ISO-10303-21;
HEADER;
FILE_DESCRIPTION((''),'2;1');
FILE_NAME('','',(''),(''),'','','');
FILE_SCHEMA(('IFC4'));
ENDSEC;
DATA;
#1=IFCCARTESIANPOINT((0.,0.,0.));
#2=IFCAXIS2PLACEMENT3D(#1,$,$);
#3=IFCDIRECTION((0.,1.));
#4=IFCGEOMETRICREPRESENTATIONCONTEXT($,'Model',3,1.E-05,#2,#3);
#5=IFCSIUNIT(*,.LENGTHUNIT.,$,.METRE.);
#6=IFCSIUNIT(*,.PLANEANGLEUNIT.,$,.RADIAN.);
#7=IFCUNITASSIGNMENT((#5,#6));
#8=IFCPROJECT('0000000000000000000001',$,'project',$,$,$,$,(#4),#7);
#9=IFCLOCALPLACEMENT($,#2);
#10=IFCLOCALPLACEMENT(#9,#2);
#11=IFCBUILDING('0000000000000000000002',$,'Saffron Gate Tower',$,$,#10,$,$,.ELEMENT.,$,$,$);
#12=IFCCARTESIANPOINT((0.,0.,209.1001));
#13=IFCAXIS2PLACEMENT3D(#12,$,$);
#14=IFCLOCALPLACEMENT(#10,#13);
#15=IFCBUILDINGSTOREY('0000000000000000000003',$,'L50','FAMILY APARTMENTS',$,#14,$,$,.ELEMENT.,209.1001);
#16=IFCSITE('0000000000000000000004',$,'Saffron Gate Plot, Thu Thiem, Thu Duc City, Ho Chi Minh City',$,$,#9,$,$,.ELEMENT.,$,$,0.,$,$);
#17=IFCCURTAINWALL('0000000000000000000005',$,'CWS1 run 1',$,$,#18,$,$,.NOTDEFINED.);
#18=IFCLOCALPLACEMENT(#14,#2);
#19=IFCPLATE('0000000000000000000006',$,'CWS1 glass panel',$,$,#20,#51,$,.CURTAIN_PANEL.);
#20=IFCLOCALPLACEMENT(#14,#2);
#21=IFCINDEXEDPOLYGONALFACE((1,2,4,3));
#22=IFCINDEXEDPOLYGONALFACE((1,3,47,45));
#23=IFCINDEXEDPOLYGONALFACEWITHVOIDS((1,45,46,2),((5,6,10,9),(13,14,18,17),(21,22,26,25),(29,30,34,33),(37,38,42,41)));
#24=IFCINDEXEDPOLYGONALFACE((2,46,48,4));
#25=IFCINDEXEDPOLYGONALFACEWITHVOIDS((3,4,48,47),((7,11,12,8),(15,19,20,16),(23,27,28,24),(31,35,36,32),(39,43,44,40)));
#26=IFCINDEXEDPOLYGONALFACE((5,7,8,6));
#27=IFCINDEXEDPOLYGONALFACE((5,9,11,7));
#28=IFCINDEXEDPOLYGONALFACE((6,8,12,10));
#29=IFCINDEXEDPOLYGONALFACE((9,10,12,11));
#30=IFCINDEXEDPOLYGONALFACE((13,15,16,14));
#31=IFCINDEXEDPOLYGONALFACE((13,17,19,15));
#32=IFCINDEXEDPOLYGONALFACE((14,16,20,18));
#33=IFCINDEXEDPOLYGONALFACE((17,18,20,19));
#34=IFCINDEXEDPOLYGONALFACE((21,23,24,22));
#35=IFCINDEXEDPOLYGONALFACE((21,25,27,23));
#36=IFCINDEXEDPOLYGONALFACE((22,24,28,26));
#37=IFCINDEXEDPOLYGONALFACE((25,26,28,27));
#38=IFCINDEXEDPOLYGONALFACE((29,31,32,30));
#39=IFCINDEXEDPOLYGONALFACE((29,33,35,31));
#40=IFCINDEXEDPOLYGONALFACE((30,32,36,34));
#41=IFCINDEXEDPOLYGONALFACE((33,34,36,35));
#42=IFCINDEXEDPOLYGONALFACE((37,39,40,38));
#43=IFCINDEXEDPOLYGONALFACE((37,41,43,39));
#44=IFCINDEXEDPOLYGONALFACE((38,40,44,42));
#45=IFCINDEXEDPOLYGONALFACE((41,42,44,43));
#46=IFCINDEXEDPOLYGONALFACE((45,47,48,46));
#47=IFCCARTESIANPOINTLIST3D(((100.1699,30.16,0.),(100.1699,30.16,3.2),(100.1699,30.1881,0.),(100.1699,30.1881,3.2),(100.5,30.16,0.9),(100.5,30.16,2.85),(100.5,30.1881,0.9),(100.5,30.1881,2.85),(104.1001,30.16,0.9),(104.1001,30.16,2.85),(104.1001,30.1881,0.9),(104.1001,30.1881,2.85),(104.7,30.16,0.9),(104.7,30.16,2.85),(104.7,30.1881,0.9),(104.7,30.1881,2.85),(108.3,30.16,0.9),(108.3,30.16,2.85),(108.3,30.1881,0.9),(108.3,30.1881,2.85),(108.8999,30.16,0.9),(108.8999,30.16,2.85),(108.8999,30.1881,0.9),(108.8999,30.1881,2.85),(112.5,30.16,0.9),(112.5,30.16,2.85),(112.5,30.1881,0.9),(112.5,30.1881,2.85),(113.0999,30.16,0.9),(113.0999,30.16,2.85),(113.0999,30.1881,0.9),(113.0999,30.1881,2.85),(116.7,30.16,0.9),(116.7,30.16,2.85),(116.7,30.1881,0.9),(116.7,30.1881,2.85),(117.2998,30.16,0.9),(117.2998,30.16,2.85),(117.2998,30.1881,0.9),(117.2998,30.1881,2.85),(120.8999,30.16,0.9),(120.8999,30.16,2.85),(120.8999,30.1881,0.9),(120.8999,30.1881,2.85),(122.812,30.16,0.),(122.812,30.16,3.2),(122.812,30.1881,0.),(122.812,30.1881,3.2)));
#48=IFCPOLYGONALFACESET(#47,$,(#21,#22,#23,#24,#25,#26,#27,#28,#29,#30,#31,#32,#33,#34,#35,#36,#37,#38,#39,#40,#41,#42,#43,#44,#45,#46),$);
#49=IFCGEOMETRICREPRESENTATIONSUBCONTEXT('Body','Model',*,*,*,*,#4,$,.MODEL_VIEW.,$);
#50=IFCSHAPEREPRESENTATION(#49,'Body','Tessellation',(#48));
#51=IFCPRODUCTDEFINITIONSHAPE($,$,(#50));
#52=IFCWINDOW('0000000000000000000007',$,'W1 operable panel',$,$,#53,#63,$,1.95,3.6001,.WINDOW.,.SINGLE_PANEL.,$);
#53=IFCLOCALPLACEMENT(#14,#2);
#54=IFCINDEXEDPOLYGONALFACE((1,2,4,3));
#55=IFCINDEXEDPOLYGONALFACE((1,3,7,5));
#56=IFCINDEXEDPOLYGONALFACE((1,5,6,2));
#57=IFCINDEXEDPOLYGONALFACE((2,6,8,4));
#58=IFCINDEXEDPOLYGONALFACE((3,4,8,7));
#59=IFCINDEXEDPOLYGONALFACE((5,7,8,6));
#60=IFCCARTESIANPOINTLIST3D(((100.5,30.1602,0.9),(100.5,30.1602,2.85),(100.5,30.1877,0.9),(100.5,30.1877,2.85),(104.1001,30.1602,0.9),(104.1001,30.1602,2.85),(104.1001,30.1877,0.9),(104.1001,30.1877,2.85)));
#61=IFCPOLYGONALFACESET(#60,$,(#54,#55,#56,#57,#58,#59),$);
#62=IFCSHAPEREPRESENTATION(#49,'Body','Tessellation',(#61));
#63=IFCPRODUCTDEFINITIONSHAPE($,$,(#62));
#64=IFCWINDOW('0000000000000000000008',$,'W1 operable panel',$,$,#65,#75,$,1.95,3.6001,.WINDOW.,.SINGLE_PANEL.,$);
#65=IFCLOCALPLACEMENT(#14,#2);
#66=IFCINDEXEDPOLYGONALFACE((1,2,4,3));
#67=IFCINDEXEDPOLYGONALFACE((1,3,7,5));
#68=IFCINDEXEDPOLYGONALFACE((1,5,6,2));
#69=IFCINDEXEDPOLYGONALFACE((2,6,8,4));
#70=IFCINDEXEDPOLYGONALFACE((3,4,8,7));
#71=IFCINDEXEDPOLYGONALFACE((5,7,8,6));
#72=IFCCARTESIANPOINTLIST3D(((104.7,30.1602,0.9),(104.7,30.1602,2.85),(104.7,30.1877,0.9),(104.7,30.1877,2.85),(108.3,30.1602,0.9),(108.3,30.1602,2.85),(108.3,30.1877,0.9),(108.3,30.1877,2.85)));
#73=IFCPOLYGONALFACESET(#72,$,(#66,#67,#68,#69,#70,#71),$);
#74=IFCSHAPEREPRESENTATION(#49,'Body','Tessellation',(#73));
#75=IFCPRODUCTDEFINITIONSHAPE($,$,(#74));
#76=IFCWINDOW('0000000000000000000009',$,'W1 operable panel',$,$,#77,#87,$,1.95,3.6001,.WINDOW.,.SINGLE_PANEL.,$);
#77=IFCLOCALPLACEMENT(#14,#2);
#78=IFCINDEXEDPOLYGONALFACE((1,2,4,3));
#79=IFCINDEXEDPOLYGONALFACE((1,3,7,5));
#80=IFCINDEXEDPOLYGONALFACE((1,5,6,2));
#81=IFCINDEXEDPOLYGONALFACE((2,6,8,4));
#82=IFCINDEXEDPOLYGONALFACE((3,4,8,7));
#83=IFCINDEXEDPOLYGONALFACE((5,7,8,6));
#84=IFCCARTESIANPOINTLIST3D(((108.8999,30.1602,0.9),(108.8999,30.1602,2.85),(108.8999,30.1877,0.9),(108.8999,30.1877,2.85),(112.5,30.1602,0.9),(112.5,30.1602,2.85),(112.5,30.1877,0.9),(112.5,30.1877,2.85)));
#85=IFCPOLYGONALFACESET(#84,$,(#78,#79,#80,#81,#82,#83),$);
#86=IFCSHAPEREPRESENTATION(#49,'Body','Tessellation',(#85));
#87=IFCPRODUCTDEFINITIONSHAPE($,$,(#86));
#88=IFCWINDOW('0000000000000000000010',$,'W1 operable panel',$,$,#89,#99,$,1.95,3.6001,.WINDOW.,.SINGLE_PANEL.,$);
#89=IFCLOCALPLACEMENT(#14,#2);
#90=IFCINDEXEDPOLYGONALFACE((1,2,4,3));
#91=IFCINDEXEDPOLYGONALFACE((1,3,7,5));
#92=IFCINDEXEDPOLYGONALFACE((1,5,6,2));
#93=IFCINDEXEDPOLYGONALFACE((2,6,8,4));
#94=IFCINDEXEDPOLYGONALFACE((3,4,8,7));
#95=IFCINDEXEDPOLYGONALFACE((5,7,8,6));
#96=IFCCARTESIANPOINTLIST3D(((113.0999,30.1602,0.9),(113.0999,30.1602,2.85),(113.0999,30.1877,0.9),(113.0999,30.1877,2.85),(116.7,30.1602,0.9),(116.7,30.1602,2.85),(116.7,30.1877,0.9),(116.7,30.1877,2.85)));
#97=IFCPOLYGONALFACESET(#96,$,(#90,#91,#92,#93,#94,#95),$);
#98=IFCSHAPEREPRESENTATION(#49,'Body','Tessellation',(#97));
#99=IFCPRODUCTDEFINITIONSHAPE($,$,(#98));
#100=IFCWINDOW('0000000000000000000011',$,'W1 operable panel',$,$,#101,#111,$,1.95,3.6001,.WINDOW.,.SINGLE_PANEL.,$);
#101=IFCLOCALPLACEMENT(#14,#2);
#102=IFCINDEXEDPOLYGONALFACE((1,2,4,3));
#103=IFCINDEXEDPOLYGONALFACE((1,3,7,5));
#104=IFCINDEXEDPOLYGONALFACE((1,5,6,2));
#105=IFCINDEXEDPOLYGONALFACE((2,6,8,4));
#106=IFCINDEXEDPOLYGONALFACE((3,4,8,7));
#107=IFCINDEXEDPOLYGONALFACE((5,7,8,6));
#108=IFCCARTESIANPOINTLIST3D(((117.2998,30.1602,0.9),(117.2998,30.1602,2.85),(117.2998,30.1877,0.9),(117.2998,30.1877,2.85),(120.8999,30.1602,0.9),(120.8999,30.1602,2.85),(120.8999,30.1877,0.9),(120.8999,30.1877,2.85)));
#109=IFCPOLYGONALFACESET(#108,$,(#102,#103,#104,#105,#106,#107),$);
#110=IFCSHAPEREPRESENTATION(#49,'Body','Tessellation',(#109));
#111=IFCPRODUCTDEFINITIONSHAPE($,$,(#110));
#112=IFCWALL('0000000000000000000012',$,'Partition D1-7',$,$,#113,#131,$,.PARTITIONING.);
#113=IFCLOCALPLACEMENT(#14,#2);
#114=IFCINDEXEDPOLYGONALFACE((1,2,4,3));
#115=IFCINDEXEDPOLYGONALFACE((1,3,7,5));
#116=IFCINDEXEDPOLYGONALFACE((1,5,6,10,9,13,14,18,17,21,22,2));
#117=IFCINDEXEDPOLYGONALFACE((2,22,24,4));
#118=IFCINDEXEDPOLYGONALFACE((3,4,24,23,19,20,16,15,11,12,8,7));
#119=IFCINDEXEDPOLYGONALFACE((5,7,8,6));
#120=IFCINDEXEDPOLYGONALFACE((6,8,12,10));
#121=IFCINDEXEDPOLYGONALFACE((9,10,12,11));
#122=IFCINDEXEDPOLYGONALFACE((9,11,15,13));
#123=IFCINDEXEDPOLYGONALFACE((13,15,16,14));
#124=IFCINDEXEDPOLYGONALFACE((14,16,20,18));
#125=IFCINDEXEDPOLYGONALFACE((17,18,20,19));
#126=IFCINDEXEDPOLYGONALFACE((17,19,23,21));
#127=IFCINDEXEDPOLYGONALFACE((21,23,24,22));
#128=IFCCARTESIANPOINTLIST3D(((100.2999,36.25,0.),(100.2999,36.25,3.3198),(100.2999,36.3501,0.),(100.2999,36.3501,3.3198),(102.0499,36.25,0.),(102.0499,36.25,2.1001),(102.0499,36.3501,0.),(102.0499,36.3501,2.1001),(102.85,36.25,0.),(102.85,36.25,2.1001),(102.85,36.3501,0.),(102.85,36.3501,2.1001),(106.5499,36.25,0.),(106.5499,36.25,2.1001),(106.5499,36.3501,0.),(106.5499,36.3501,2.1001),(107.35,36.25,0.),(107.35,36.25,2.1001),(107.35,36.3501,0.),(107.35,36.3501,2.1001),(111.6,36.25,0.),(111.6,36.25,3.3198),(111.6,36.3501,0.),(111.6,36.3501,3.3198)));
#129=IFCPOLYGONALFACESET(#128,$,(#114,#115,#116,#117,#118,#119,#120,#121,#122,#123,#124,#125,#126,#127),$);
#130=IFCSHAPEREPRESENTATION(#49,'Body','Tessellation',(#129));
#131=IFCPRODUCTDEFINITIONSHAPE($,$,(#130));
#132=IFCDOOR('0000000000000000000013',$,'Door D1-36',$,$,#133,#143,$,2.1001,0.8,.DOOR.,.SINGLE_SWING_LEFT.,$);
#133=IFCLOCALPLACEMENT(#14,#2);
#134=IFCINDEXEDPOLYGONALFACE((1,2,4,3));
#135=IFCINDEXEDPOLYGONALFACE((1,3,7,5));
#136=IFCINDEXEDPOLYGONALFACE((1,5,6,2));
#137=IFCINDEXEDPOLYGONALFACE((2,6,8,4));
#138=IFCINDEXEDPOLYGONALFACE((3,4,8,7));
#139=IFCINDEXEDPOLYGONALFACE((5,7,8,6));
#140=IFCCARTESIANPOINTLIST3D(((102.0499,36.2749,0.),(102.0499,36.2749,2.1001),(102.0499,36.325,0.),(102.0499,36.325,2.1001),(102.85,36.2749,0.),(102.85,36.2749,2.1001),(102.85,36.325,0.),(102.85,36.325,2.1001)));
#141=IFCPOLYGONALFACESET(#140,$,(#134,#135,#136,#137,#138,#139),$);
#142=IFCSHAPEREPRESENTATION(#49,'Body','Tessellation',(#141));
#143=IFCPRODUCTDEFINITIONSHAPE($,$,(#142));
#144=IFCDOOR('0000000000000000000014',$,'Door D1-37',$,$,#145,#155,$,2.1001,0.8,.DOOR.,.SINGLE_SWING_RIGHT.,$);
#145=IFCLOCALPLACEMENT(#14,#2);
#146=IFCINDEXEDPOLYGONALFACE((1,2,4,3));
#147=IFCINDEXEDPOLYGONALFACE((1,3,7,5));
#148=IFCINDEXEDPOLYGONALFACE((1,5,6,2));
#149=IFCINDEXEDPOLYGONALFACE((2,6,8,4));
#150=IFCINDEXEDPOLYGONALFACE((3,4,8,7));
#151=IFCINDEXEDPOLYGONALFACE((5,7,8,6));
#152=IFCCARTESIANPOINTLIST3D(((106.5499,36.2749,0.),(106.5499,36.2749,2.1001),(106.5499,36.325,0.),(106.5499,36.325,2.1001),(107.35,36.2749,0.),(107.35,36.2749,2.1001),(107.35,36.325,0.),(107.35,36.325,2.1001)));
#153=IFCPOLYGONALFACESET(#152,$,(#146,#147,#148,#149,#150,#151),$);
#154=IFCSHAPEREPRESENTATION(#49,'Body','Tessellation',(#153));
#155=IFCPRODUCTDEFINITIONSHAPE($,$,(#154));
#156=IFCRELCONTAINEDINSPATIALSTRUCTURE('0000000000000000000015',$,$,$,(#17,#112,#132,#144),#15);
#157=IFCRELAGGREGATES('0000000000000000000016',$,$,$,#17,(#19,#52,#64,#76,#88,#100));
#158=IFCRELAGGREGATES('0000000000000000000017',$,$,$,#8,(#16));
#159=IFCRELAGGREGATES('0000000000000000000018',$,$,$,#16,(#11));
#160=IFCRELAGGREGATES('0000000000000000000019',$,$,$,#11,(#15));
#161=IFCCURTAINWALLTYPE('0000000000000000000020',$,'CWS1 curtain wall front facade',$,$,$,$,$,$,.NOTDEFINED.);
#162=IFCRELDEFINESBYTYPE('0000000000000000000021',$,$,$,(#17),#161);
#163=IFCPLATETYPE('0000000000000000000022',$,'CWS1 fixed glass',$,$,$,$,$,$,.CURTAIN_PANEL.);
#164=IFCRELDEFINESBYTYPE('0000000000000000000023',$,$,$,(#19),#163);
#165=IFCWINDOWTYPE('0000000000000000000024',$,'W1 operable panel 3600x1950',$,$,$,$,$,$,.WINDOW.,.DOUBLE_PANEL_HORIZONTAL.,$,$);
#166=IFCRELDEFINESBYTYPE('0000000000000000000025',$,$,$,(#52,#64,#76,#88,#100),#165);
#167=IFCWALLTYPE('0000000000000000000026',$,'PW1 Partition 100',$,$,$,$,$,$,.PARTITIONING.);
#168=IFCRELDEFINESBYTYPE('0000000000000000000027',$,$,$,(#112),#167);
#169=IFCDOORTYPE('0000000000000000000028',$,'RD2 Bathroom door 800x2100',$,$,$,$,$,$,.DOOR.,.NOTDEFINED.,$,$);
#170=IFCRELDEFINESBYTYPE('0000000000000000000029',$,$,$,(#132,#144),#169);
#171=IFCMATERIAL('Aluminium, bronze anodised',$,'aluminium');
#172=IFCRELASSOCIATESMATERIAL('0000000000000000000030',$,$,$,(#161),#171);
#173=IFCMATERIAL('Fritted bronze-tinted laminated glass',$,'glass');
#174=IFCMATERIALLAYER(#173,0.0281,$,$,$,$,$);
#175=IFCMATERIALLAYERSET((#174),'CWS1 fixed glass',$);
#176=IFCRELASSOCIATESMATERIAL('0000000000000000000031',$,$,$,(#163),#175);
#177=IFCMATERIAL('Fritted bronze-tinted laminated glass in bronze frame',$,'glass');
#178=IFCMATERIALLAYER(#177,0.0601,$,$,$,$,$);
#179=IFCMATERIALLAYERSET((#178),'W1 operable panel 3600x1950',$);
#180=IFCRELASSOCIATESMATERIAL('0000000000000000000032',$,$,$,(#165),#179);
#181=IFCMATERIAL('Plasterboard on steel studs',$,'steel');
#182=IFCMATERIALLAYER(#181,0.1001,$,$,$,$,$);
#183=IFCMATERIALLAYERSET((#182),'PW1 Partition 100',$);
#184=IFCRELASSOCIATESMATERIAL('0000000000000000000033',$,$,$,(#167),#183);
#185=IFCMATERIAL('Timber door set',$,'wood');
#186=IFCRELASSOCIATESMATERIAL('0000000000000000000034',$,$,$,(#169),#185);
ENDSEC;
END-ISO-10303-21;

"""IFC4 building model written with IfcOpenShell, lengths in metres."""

from ifc_helpers import new_model, si_unit, direction, frame, frame_2d, origin, place, context, subcontext, project, spatial, rectangle, extrude, material, layer, layer_set, type_object, element, fill, aggregate, save


model = new_model("IFC4")

# Units and contexts
model_context = context("Model", 3, precision=1e-05, world=origin(), true_north=direction((0.0, 1.0)))
body_context = subcontext(model_context, "Body", "Model", "MODEL_VIEW")
ifc_project = project(units=[si_unit("LENGTHUNIT", "METRE"), si_unit("PLANEANGLEUNIT", "RADIAN")], contexts=[model_context])

# Site, building, storey
site_placement = place(None, origin())
site = spatial("IfcSite", under=ifc_project, at=site_placement, Name="Saffron Gate Plot, Thu Thiem, Thu Duc City, Ho Chi Minh City", CompositionType="ELEMENT", RefElevation=0.0)
building_placement = place(site_placement, origin())
building = spatial("IfcBuilding", under=site, at=building_placement, Name="Saffron Gate Tower", CompositionType="ELEMENT")
storey_placement = place(building_placement, frame((0.0, 0.0, 209.1001)))
storey = spatial("IfcBuildingStorey", under=building, at=storey_placement, Name="L50", Description="FAMILY APARTMENTS", CompositionType="ELEMENT", Elevation=209.1001)

# Curtain wall, plate, openings, windows
ifc_material_1 = material(Name="Aluminium, bronze anodised", Category="aluminium")
curtain_wall_type = type_object("IfcCurtainWallType", Name="CWS1 curtain wall front facade", PredefinedType="NOTDEFINED", material=ifc_material_1)
curtain_wall_placement = place(storey_placement, origin())
curtain_wall = element("IfcCurtainWall", 1, at=curtain_wall_placement, inside=storey, type_object=curtain_wall_type, Name="CWS1 run 1", PredefinedType="NOTDEFINED")
ifc_material_2 = material(Name="Fritted bronze-tinted laminated glass", Category="glass")
ifc_layer_1 = layer(ifc_material_2, 0.0281)
ifc_layer_set_1 = layer_set([ifc_layer_1], Name="CWS1 fixed glass")
plate_type = type_object("IfcPlateType", Name="CWS1 fixed glass", PredefinedType="CURTAIN_PANEL", material=ifc_layer_set_1)
plate_placement = place(storey_placement, frame((100.1699, 30.1741, 0.0), z_axis=(0.0, 0.0, 1.0), x_axis=(1.0, 0.0, 0.0)))
plate = element("IfcPlate", 2, at=plate_placement, type_object=plate_type, Name="CWS1 glass panel", PredefinedType="CURTAIN_PANEL", context=body_context, shape_type="SweptSolid", body=[
    extrude(rectangle(XDim=22.6421, YDim=0.0281, at=frame_2d((11.321, 0.0))), origin(), (0.0, 0.0, 1.0), 3.2),
])
opening_1_placement = place(plate_placement, frame((0.3301, 0.0, 0.8999)))
opening_1 = element("IfcOpeningElement", 3, at=opening_1_placement, cuts=plate, PredefinedType="OPENING", context=body_context, shape_type="SweptSolid", body=[
    extrude(rectangle(XDim=3.6001, YDim=1.95, at=frame_2d((1.8, 0.9751))), frame((0.0, 0.0239, 0.0), z_axis=(0.0, -1.0, 0.0), x_axis=(1.0, 0.0, 0.0)), (0.0, 0.0, 1.0), 0.0481),
])
opening_2_placement = place(plate_placement, frame((4.53, 0.0, 0.8999)))
opening_2 = element("IfcOpeningElement", 4, at=opening_2_placement, cuts=plate, PredefinedType="OPENING", context=body_context, shape_type="SweptSolid", body=[
    extrude(rectangle(XDim=3.6001, YDim=1.95, at=frame_2d((1.8, 0.9751))), frame((0.0, 0.0239, 0.0), z_axis=(0.0, -1.0, 0.0), x_axis=(1.0, 0.0, 0.0)), (0.0, 0.0, 1.0), 0.0481),
])
opening_3_placement = place(plate_placement, frame((8.73, 0.0, 0.8999)))
opening_3 = element("IfcOpeningElement", 5, at=opening_3_placement, cuts=plate, PredefinedType="OPENING", context=body_context, shape_type="SweptSolid", body=[
    extrude(rectangle(XDim=3.6001, YDim=1.95, at=frame_2d((1.8, 0.9751))), frame((0.0, 0.0239, 0.0), z_axis=(0.0, -1.0, 0.0), x_axis=(1.0, 0.0, 0.0)), (0.0, 0.0, 1.0), 0.0481),
])
opening_4_placement = place(plate_placement, frame((12.9299, 0.0, 0.8999)))
opening_4 = element("IfcOpeningElement", 6, at=opening_4_placement, cuts=plate, PredefinedType="OPENING", context=body_context, shape_type="SweptSolid", body=[
    extrude(rectangle(XDim=3.6001, YDim=1.95, at=frame_2d((1.8, 0.9751))), frame((0.0, 0.0239, 0.0), z_axis=(0.0, -1.0, 0.0), x_axis=(1.0, 0.0, 0.0)), (0.0, 0.0, 1.0), 0.0481),
])
opening_5_placement = place(plate_placement, frame((17.1299, 0.0, 0.8999)))
opening_5 = element("IfcOpeningElement", 7, at=opening_5_placement, cuts=plate, PredefinedType="OPENING", context=body_context, shape_type="SweptSolid", body=[
    extrude(rectangle(XDim=3.6001, YDim=1.95, at=frame_2d((1.8, 0.9751))), frame((0.0, 0.0239, 0.0), z_axis=(0.0, -1.0, 0.0), x_axis=(1.0, 0.0, 0.0)), (0.0, 0.0, 1.0), 0.0481),
])
ifc_material_3 = material(Name="Fritted bronze-tinted laminated glass in bronze frame", Category="glass")
ifc_layer_2 = layer(ifc_material_3, 0.0601)
ifc_layer_set_2 = layer_set([ifc_layer_2], Name="W1 operable panel 3600x1950")
window_type = type_object("IfcWindowType", Name="W1 operable panel 3600x1950", PartitioningType="DOUBLE_PANEL_HORIZONTAL", PredefinedType="WINDOW", material=ifc_layer_set_2)
window_1_placement = place(opening_1_placement, origin())
window_1 = element("IfcWindow", 8, at=window_1_placement, type_object=window_type, Name="W1 operable panel", OverallHeight=1.95, OverallWidth=3.6001, PartitioningType="SINGLE_PANEL", PredefinedType="WINDOW", context=body_context, shape_type="SweptSolid", body=[
    extrude(rectangle(XDim=3.6001, YDim=1.95, at=frame_2d((1.8, 0.9751))), frame((0.0, 0.0137, 0.0), z_axis=(0.0, -1.0, 0.0), x_axis=(1.0, 0.0, 0.0)), (0.0, 0.0, 1.0), 0.0276),
])
fill(opening_1, window_1)
window_2_placement = place(opening_2_placement, origin())
window_2 = element("IfcWindow", 9, at=window_2_placement, type_object=window_type, Name="W1 operable panel", OverallHeight=1.95, OverallWidth=3.6001, PartitioningType="SINGLE_PANEL", PredefinedType="WINDOW", context=body_context, shape_type="SweptSolid", body=[
    extrude(rectangle(XDim=3.6001, YDim=1.95, at=frame_2d((1.8, 0.9751))), frame((0.0, 0.0137, 0.0), z_axis=(0.0, -1.0, 0.0), x_axis=(1.0, 0.0, 0.0)), (0.0, 0.0, 1.0), 0.0276),
])
fill(opening_2, window_2)
window_3_placement = place(opening_3_placement, origin())
window_3 = element("IfcWindow", 10, at=window_3_placement, type_object=window_type, Name="W1 operable panel", OverallHeight=1.95, OverallWidth=3.6001, PartitioningType="SINGLE_PANEL", PredefinedType="WINDOW", context=body_context, shape_type="SweptSolid", body=[
    extrude(rectangle(XDim=3.6001, YDim=1.95, at=frame_2d((1.8, 0.9751))), frame((0.0, 0.0137, 0.0), z_axis=(0.0, -1.0, 0.0), x_axis=(1.0, 0.0, 0.0)), (0.0, 0.0, 1.0), 0.0276),
])
fill(opening_3, window_3)
window_4_placement = place(opening_4_placement, origin())
window_4 = element("IfcWindow", 11, at=window_4_placement, type_object=window_type, Name="W1 operable panel", OverallHeight=1.95, OverallWidth=3.6001, PartitioningType="SINGLE_PANEL", PredefinedType="WINDOW", context=body_context, shape_type="SweptSolid", body=[
    extrude(rectangle(XDim=3.6001, YDim=1.95, at=frame_2d((1.8, 0.9751))), frame((0.0, 0.0137, 0.0), z_axis=(0.0, -1.0, 0.0), x_axis=(1.0, 0.0, 0.0)), (0.0, 0.0, 1.0), 0.0276),
])
fill(opening_4, window_4)
window_5_placement = place(opening_5_placement, origin())
window_5 = element("IfcWindow", 12, at=window_5_placement, type_object=window_type, Name="W1 operable panel", OverallHeight=1.95, OverallWidth=3.6001, PartitioningType="SINGLE_PANEL", PredefinedType="WINDOW", context=body_context, shape_type="SweptSolid", body=[
    extrude(rectangle(XDim=3.6001, YDim=1.95, at=frame_2d((1.8, 0.9751))), frame((0.0, 0.0137, 0.0), z_axis=(0.0, -1.0, 0.0), x_axis=(1.0, 0.0, 0.0)), (0.0, 0.0, 1.0), 0.0276),
])
fill(opening_5, window_5)
aggregate(curtain_wall, [plate, window_1, window_2, window_3, window_4, window_5])

# Wall, openings, doors
ifc_material_4 = material(Name="Plasterboard on steel studs", Category="steel")
ifc_layer_3 = layer(ifc_material_4, 0.1001)
ifc_layer_set_3 = layer_set([ifc_layer_3], Name="PW1 Partition 100")
wall_type_1 = type_object("IfcWallType", Name="PW1 Partition 100", PredefinedType="PARTITIONING", material=ifc_layer_set_3)
wall_1_placement = place(storey_placement, frame((100.3, 36.3, 0.0), z_axis=(0.0, 0.0, 1.0), x_axis=(1.0, 0.0, 0.0)))
wall_1 = element("IfcWall", 13, at=wall_1_placement, inside=storey, type_object=wall_type_1, Name="Partition D1-7", PredefinedType="PARTITIONING", context=body_context, shape_type="SweptSolid", body=[
    extrude(rectangle(XDim=11.3, YDim=0.1001, at=frame_2d((5.6499, 0.0))), origin(), (0.0, 0.0, 1.0), 3.3198),
])
opening_6_placement = place(wall_1_placement, frame((1.75, 0.0, 0.0)))
opening_6 = element("IfcOpeningElement", 14, at=opening_6_placement, cuts=wall_1, PredefinedType="OPENING", context=body_context, shape_type="SweptSolid", body=[
    extrude(rectangle(XDim=0.8, YDim=2.1001, at=frame_2d((0.3999, 1.05))), frame((0.0, 0.0601, 0.0), z_axis=(0.0, -1.0, 0.0), x_axis=(1.0, 0.0, 0.0)), (0.0, 0.0, 1.0), 0.1201),
])
opening_7_placement = place(wall_1_placement, frame((6.25, 0.0, 0.0)))
opening_7 = element("IfcOpeningElement", 15, at=opening_7_placement, cuts=wall_1, PredefinedType="OPENING", context=body_context, shape_type="SweptSolid", body=[
    extrude(rectangle(XDim=0.8, YDim=2.1001, at=frame_2d((0.3999, 1.05))), frame((0.0, 0.0601, 0.0), z_axis=(0.0, -1.0, 0.0), x_axis=(1.0, 0.0, 0.0)), (0.0, 0.0, 1.0), 0.1201),
])
ifc_material_5 = material(Name="Timber door set", Category="wood")
door_type_1 = type_object("IfcDoorType", Name="RD2 Bathroom door 800x2100", OperationType="NOTDEFINED", PredefinedType="DOOR", material=ifc_material_5)
door_1_placement = place(opening_6_placement, origin())
door_1 = element("IfcDoor", 16, at=door_1_placement, inside=storey, type_object=door_type_1, Name="Door D1-36", OperationType="SINGLE_SWING_LEFT", OverallHeight=2.1001, OverallWidth=0.8, PredefinedType="DOOR", context=body_context, shape_type="SweptSolid", body=[
    extrude(rectangle(XDim=0.8, YDim=2.1001, at=frame_2d((0.3999, 1.05))), frame((0.0, 0.0249, 0.0), z_axis=(0.0, -1.0, 0.0), x_axis=(1.0, 0.0, 0.0)), (0.0, 0.0, 1.0), 0.05),
])
fill(opening_6, door_1)
door_2_placement = place(opening_7_placement, origin())
door_2 = element("IfcDoor", 17, at=door_2_placement, inside=storey, type_object=door_type_1, Name="Door D1-37", OperationType="SINGLE_SWING_RIGHT", OverallHeight=2.1001, OverallWidth=0.8, PredefinedType="DOOR", context=body_context, shape_type="SweptSolid", body=[
    extrude(rectangle(XDim=0.8, YDim=2.1001, at=frame_2d((0.3999, 1.05))), frame((0.0, 0.0249, 0.0), z_axis=(0.0, -1.0, 0.0), x_axis=(1.0, 0.0, 0.0)), (0.0, 0.0, 1.0), 0.05),
])
fill(opening_7, door_2)

save(model, "model.ifc")
